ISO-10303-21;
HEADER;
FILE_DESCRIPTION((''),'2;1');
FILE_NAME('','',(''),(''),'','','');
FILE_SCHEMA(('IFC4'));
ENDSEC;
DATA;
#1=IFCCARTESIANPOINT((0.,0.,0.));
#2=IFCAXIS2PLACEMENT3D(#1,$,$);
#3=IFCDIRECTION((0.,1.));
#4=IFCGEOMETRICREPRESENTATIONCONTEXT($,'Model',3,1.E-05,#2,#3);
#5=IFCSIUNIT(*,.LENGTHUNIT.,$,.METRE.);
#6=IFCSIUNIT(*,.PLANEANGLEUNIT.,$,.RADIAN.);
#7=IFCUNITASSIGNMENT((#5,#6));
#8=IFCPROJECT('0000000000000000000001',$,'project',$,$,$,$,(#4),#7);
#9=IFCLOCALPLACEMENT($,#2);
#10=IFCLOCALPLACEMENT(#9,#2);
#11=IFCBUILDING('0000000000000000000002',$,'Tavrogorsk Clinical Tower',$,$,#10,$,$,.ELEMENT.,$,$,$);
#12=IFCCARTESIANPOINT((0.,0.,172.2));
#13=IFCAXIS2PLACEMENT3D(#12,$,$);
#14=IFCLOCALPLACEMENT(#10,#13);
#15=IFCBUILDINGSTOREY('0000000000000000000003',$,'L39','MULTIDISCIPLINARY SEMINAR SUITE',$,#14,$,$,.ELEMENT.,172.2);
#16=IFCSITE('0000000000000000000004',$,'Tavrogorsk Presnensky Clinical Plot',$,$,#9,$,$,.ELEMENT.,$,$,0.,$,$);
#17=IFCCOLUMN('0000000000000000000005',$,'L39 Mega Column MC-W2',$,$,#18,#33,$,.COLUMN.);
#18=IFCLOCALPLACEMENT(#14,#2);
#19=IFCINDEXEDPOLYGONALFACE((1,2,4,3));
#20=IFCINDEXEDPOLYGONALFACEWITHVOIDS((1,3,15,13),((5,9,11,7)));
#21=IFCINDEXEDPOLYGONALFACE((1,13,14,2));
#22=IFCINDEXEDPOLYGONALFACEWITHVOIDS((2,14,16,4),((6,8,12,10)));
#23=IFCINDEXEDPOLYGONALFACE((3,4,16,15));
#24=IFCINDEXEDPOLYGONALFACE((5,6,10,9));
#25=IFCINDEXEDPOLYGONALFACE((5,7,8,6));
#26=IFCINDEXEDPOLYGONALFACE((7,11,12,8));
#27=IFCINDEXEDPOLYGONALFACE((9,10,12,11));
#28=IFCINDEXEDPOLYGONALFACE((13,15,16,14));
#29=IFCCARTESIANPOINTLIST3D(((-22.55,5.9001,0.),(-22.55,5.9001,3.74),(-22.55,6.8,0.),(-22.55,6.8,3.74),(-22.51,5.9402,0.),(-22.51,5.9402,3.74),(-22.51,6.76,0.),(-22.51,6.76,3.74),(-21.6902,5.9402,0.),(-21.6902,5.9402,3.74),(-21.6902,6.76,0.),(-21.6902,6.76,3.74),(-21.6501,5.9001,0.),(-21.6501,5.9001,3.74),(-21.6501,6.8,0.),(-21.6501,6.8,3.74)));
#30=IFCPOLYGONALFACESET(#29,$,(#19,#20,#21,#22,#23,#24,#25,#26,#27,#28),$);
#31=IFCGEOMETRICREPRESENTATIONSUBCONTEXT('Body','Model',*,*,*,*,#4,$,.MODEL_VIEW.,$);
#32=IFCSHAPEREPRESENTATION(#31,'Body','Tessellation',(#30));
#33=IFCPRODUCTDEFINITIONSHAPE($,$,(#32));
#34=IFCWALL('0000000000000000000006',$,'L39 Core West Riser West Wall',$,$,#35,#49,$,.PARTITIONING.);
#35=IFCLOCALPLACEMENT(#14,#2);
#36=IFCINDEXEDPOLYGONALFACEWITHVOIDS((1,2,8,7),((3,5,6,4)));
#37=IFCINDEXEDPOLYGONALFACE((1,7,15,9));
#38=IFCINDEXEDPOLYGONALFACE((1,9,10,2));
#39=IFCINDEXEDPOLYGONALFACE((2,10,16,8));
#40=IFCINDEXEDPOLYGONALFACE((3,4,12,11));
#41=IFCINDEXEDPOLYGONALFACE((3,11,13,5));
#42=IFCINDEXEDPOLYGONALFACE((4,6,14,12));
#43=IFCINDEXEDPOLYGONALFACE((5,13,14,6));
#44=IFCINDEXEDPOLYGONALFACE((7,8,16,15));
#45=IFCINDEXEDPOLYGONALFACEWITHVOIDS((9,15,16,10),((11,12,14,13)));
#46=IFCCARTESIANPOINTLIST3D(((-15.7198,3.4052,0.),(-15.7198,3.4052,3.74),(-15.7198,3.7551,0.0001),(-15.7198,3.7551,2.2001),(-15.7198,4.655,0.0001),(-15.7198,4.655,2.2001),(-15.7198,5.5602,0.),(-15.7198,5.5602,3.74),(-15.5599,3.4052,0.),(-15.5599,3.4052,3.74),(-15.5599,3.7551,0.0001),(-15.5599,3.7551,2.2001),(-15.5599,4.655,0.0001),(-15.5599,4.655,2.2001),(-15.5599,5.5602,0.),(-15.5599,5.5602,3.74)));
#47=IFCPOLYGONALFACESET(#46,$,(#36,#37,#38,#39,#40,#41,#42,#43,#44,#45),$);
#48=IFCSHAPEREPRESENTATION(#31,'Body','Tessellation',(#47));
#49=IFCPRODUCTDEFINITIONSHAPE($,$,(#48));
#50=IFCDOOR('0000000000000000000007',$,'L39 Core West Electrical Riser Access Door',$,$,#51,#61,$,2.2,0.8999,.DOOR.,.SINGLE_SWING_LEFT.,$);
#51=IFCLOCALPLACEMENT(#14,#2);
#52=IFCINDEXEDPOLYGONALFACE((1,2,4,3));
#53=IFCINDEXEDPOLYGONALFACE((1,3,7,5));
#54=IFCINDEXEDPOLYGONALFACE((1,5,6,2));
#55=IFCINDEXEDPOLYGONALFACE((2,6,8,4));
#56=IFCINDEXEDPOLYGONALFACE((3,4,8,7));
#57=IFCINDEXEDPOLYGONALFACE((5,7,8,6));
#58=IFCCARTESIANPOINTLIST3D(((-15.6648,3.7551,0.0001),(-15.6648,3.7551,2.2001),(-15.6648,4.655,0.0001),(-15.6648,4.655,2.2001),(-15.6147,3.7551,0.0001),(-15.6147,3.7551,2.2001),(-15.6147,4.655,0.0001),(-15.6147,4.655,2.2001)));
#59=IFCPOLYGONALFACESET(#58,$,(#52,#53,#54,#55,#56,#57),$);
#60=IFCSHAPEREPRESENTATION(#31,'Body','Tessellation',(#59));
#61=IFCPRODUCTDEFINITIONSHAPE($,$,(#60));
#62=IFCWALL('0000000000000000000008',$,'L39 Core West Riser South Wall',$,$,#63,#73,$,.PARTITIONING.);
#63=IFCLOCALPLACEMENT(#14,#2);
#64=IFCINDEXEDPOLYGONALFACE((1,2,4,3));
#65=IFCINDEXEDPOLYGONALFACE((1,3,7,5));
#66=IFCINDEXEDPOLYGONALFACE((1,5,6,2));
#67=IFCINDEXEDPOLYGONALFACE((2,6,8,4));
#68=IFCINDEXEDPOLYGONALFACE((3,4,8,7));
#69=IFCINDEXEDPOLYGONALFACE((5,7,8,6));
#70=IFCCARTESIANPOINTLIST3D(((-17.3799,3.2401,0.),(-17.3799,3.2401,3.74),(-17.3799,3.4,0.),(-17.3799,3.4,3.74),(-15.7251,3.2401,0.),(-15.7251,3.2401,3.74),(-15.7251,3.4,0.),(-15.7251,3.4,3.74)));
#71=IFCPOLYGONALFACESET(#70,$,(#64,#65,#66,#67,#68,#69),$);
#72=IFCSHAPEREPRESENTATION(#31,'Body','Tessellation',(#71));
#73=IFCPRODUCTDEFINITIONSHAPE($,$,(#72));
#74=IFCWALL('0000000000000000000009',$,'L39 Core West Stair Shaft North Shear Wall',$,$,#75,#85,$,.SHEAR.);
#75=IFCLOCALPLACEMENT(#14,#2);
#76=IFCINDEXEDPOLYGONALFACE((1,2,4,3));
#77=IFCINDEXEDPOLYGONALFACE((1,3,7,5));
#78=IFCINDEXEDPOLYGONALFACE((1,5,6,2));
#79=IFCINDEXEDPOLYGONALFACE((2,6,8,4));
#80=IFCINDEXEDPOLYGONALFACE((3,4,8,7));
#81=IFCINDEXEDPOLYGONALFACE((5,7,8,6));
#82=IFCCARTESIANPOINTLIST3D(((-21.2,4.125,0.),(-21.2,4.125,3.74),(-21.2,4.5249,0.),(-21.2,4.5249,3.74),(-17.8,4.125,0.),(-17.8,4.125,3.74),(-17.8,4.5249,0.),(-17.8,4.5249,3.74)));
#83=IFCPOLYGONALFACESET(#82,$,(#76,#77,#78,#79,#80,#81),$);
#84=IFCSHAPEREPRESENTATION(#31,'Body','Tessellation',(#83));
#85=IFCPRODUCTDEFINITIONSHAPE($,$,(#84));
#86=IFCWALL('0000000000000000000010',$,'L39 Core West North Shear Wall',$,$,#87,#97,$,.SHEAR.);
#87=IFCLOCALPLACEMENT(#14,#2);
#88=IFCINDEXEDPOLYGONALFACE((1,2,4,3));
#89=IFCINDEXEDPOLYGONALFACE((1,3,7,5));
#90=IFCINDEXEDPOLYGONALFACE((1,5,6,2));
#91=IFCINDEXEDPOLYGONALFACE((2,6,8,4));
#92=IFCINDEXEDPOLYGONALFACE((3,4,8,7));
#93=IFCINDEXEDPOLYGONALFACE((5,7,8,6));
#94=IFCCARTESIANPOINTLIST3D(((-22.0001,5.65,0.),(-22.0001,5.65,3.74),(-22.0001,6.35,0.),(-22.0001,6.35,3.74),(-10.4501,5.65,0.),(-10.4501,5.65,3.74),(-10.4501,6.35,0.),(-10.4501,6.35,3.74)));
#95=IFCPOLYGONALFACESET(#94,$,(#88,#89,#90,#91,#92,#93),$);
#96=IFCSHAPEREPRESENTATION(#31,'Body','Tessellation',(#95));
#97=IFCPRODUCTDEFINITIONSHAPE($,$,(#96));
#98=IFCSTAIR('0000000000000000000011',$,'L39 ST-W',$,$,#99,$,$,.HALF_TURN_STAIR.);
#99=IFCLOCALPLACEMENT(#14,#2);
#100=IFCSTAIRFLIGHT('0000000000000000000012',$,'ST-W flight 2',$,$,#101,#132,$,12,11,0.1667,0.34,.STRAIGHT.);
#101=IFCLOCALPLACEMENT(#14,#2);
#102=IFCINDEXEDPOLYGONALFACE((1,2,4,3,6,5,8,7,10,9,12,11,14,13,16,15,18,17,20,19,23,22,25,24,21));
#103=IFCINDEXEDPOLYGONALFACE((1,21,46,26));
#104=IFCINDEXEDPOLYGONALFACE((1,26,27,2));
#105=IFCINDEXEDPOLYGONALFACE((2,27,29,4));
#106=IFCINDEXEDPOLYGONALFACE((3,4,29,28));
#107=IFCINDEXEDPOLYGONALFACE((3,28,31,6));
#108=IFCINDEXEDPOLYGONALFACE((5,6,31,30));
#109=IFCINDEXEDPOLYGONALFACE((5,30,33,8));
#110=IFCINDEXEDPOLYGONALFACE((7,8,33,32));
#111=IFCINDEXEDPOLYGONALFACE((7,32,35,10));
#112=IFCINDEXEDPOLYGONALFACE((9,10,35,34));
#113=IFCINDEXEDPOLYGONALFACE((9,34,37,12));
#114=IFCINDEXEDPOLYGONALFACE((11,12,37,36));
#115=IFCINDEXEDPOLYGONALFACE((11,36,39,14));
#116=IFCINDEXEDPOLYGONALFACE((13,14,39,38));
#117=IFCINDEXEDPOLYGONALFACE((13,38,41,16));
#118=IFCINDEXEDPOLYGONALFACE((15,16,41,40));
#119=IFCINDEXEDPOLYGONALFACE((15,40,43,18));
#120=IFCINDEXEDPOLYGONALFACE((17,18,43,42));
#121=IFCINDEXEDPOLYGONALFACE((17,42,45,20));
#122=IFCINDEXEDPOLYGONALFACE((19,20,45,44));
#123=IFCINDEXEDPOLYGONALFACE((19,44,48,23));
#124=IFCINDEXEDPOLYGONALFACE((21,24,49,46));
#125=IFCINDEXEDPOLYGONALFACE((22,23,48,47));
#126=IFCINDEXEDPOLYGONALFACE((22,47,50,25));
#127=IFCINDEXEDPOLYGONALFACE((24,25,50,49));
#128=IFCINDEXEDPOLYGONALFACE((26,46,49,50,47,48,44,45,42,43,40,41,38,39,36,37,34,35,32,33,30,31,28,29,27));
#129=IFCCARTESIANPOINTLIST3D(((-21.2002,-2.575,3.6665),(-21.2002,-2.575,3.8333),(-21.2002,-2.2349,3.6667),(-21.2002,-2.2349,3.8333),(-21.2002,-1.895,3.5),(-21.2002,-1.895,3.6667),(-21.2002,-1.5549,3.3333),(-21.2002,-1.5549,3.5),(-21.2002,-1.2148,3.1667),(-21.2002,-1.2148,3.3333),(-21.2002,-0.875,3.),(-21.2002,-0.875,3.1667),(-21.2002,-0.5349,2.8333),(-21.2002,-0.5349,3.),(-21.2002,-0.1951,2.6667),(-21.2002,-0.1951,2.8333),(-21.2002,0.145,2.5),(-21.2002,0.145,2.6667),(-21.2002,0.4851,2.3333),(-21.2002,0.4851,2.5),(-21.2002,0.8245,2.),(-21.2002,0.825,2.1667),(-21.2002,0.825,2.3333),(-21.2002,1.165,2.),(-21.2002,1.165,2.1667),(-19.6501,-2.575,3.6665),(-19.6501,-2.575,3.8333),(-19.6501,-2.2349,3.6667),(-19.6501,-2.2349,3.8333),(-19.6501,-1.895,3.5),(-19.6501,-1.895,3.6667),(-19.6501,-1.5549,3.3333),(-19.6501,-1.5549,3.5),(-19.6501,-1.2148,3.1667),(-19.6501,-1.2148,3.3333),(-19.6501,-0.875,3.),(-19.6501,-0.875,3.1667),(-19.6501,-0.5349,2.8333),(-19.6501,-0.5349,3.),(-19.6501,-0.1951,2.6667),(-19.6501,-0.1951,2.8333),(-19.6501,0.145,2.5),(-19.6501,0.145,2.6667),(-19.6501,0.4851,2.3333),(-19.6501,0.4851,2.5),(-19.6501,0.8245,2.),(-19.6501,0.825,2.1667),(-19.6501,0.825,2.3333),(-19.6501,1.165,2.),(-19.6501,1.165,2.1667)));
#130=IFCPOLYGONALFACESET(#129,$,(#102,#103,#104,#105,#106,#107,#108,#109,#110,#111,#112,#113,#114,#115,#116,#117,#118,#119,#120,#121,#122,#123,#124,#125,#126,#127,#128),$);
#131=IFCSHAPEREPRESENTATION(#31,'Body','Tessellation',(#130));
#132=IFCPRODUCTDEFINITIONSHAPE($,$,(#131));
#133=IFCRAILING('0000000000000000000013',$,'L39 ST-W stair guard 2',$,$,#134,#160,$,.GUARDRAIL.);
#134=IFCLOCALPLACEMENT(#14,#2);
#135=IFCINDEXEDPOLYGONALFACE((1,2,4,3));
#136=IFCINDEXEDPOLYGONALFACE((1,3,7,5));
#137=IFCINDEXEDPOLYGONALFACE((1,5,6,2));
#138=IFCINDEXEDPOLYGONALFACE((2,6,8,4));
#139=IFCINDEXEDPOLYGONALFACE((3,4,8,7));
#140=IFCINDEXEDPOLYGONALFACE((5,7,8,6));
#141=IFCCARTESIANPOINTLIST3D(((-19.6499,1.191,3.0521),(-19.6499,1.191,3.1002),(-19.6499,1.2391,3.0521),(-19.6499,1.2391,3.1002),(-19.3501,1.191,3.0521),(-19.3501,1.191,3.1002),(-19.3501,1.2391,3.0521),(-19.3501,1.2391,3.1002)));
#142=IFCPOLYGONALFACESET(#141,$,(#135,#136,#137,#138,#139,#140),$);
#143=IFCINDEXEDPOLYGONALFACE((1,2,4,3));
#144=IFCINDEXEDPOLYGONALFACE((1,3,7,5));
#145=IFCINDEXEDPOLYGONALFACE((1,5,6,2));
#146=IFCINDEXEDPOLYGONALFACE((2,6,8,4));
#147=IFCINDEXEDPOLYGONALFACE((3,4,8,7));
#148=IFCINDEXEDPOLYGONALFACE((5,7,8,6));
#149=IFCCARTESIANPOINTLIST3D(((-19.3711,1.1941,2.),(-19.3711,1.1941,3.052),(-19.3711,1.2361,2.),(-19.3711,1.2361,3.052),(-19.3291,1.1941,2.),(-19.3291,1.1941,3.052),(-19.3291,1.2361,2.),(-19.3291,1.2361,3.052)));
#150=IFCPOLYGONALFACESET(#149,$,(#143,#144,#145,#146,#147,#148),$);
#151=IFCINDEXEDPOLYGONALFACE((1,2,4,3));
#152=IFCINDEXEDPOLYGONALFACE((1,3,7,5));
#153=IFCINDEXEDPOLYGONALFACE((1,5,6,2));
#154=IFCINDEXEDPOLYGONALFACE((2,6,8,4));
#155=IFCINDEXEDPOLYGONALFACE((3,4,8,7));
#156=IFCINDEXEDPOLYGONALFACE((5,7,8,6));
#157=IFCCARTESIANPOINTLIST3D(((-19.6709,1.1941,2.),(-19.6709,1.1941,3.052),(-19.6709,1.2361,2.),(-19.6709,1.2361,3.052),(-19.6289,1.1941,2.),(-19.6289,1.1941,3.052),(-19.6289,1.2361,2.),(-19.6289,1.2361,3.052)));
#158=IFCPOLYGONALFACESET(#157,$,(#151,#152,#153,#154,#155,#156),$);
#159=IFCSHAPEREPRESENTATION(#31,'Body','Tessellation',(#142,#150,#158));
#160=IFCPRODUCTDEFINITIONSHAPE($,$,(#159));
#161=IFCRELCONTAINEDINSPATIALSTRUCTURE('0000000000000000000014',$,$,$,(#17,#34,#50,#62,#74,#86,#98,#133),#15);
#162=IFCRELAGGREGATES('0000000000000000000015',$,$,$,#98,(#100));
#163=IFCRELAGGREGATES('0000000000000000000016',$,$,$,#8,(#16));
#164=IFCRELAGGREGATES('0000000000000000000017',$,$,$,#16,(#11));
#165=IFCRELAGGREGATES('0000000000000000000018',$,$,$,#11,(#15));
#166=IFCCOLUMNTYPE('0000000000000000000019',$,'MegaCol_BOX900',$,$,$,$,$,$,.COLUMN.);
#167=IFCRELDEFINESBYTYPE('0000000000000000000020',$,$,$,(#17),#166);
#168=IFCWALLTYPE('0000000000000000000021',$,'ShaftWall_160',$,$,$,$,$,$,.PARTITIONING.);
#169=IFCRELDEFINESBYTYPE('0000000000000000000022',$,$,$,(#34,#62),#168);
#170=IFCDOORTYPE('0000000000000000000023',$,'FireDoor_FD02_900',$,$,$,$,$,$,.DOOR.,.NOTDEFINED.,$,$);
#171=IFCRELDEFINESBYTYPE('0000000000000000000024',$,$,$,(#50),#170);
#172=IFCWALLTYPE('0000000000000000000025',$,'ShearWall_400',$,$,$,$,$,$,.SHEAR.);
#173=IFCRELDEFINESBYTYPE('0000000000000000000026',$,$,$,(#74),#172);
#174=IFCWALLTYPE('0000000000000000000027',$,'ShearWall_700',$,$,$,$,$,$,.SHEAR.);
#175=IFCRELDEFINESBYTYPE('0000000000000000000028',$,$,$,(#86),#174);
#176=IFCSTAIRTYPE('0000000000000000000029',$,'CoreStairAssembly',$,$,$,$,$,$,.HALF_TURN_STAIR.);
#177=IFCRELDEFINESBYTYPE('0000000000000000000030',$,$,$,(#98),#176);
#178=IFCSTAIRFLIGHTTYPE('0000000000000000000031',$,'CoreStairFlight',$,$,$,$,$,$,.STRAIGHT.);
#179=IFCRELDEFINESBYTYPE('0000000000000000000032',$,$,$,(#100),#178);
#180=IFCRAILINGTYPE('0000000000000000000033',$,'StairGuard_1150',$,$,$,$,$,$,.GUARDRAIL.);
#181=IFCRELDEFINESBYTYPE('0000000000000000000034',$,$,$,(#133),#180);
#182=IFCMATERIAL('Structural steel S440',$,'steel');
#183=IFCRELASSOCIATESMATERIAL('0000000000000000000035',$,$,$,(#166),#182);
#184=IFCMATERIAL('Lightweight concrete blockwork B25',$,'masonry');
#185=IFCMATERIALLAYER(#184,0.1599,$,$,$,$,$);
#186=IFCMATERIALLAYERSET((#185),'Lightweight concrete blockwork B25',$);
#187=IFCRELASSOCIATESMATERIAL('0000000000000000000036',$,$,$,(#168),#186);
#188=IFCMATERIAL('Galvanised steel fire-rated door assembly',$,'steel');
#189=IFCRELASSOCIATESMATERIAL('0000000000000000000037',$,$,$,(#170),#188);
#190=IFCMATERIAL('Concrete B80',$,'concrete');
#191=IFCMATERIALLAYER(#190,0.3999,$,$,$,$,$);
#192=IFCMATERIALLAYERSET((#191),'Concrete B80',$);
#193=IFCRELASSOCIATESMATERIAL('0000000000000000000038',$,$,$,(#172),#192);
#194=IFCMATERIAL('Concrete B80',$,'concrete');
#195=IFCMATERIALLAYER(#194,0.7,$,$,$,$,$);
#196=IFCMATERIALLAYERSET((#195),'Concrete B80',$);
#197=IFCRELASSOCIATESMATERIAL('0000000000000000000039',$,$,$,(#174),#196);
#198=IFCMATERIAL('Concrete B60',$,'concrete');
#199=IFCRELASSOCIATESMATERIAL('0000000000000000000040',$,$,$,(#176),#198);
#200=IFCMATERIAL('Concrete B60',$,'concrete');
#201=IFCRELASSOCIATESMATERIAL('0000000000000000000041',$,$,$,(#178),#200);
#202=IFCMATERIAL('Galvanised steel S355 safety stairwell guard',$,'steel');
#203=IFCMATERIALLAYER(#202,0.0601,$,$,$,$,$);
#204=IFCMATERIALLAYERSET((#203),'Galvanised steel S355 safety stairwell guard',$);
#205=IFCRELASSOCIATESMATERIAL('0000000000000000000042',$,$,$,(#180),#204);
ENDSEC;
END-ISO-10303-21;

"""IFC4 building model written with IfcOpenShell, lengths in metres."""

from ifc_helpers import new_model, si_unit, direction, frame, frame_2d, origin, origin_2d, place, context, subcontext, project, spatial, polyline, rectangle, hollow_rectangle, outline, extrude, material, layer, layer_set, material_profile, profile_set, type_object, element, fill, aggregate, save


model = new_model("IFC4")

# Units and contexts
model_context = context("Model", 3, precision=1e-05, world=origin(), true_north=direction((0.0, 1.0)))
body_context = subcontext(model_context, "Body", "Model", "MODEL_VIEW")
ifc_project = project(units=[si_unit("LENGTHUNIT", "METRE"), si_unit("PLANEANGLEUNIT", "RADIAN")], contexts=[model_context])

# Site, building, storey
site_placement = place(None, origin())
site = spatial("IfcSite", under=ifc_project, at=site_placement, Name="Tavrogorsk Presnensky Clinical Plot", CompositionType="ELEMENT", RefElevation=0.0)
building_placement = place(site_placement, origin())
building = spatial("IfcBuilding", under=site, at=building_placement, Name="Tavrogorsk Clinical Tower", CompositionType="ELEMENT")
storey_placement = place(building_placement, frame((0.0, 0.0, 172.2)))
storey = spatial("IfcBuildingStorey", under=building, at=storey_placement, Name="L39", Description="MULTIDISCIPLINARY SEMINAR SUITE", CompositionType="ELEMENT", Elevation=172.2)

# Column
ifc_material_1 = material(Name="Structural steel S440", Category="steel")
ifc_material_profile = material_profile(ifc_material_1, hollow_rectangle(XDim=0.8999, YDim=0.8999, WallThickness=0.04, at=origin_2d()), Name="BOX-900x900x40")
ifc_profile_set = profile_set([ifc_material_profile], Name="Structural steel S440")
column_type = type_object("IfcColumnType", Name="MegaCol_BOX900", PredefinedType="COLUMN", material=ifc_profile_set)
column_placement = place(storey_placement, frame((-22.1001, 6.3501, 0.0), z_axis=(0.0, 0.0, 1.0), x_axis=(1.0, 0.0, 0.0)))
element("IfcColumn", 1, at=column_placement, inside=storey, type_object=column_type, Name="L39 Mega Column MC-W2", PredefinedType="COLUMN", context=body_context, shape_type="SweptSolid", body=[
    extrude(hollow_rectangle(XDim=0.8999, YDim=0.8999, WallThickness=0.04, at=origin_2d()), origin(), (0.0, 0.0, 1.0), 3.74),
])

# Wall, opening, door
ifc_material_2 = material(Name="Lightweight concrete blockwork B25", Category="masonry")
ifc_layer_1 = layer(ifc_material_2, 0.1599)
ifc_layer_set_1 = layer_set([ifc_layer_1], Name="Lightweight concrete blockwork B25")
wall_type_1 = type_object("IfcWallType", Name="ShaftWall_160", PredefinedType="PARTITIONING", material=ifc_layer_set_1)
wall_1_placement = place(storey_placement, frame((-15.6399, 3.405, 0.0), z_axis=(0.0, 0.0, 1.0), x_axis=(0.0, 1.0, 0.0)))
wall_1 = element("IfcWall", 2, at=wall_1_placement, inside=storey, type_object=wall_type_1, Name="L39 Core West Riser West Wall", PredefinedType="PARTITIONING", context=body_context, shape_type="SweptSolid", body=[
    extrude(rectangle(XDim=2.155, YDim=0.1599, at=frame_2d((1.0776, 0.0))), origin(), (0.0, 0.0, 1.0), 3.74),
])
opening_placement = place(wall_1_placement, frame((0.3501, 0.0, 0.0)))
opening = element("IfcOpeningElement", 3, at=opening_placement, cuts=wall_1, PredefinedType="OPENING", context=body_context, shape_type="SweptSolid", body=[
    extrude(rectangle(XDim=0.8999, YDim=2.2, at=frame_2d((0.45, 1.1001))), frame((0.0, 0.0898, 0.0), z_axis=(0.0, -1.0, 0.0), x_axis=(1.0, 0.0, 0.0)), (0.0, 0.0, 1.0), 0.1799),
])
ifc_material_3 = material(Name="Galvanised steel fire-rated door assembly", Category="steel")
door_type = type_object("IfcDoorType", Name="FireDoor_FD02_900", OperationType="NOTDEFINED", PredefinedType="DOOR", material=ifc_material_3)
door_placement = place(opening_placement, origin())
door = element("IfcDoor", 4, at=door_placement, inside=storey, type_object=door_type, Name="L39 Core West Electrical Riser Access Door", OperationType="SINGLE_SWING_LEFT", OverallHeight=2.2, OverallWidth=0.8999, PredefinedType="DOOR", context=body_context, shape_type="SweptSolid", body=[
    extrude(rectangle(XDim=0.8999, YDim=2.2, at=frame_2d((0.45, 1.1001))), frame((0.0, 0.0249, 0.0), z_axis=(0.0, -1.0, 0.0), x_axis=(1.0, 0.0, 0.0)), (0.0, 0.0, 1.0), 0.05),
])
fill(opening, door)

# Walls
wall_2_placement = place(storey_placement, frame((-17.3799, 3.3201, 0.0), z_axis=(0.0, 0.0, 1.0), x_axis=(1.0, 0.0, 0.0)))
element("IfcWall", 5, at=wall_2_placement, inside=storey, type_object=wall_type_1, Name="L39 Core West Riser South Wall", PredefinedType="PARTITIONING", context=body_context, shape_type="SweptSolid", body=[
    extrude(rectangle(XDim=1.6548, YDim=0.1599, at=frame_2d((0.8274, 0.0))), origin(), (0.0, 0.0, 1.0), 3.74),
])
ifc_material_4 = material(Name="Concrete B80", Category="concrete")
ifc_layer_2 = layer(ifc_material_4, 0.3999)
ifc_layer_set_2 = layer_set([ifc_layer_2], Name="Concrete B80")
wall_type_2 = type_object("IfcWallType", Name="ShearWall_400", PredefinedType="SHEAR", material=ifc_layer_set_2)
wall_3_placement = place(storey_placement, frame((-21.2, 4.325, 0.0), z_axis=(0.0, 0.0, 1.0), x_axis=(1.0, 0.0, 0.0)))
element("IfcWall", 6, at=wall_3_placement, inside=storey, type_object=wall_type_2, Name="L39 Core West Stair Shaft North Shear Wall", PredefinedType="SHEAR", context=body_context, shape_type="SweptSolid", body=[
    extrude(rectangle(XDim=3.3999, YDim=0.3999, at=frame_2d((1.7, 0.0))), origin(), (0.0, 0.0, 1.0), 3.74),
])
ifc_material_5 = material(Name="Concrete B80", Category="concrete")
ifc_layer_3 = layer(ifc_material_5, 0.7)
ifc_layer_set_3 = layer_set([ifc_layer_3], Name="Concrete B80")
wall_type_3 = type_object("IfcWallType", Name="ShearWall_700", PredefinedType="SHEAR", material=ifc_layer_set_3)
wall_4_placement = place(storey_placement, frame((-22.0, 6.0, 0.0), z_axis=(0.0, 0.0, 1.0), x_axis=(1.0, 0.0, 0.0)))
element("IfcWall", 7, at=wall_4_placement, inside=storey, type_object=wall_type_3, Name="L39 Core West North Shear Wall", PredefinedType="SHEAR", context=body_context, shape_type="SweptSolid", body=[
    extrude(rectangle(XDim=11.55, YDim=0.7, at=frame_2d((5.7749, 0.0))), origin(), (0.0, 0.0, 1.0), 3.74),
])

# Stair, stair flight
ifc_material_6 = material(Name="Concrete B60", Category="concrete")
stair_type = type_object("IfcStairType", Name="CoreStairAssembly", PredefinedType="HALF_TURN_STAIR", material=ifc_material_6)
stair_placement = place(storey_placement, origin())
stair = element("IfcStair", 8, at=stair_placement, inside=storey, type_object=stair_type, Name="L39 ST-W", PredefinedType="HALF_TURN_STAIR")
ifc_material_7 = material(Name="Concrete B60", Category="concrete")
stair_flight_type = type_object("IfcStairFlightType", Name="CoreStairFlight", PredefinedType="STRAIGHT", material=ifc_material_7)
stair_flight_placement = place(storey_placement, frame((-20.425, 1.165, 2.0), z_axis=(0.0, 0.0, 1.0), x_axis=(0.0, -1.0, 0.0)))
stair_flight = element("IfcStairFlight", 9, at=stair_flight_placement, type_object=stair_flight_type, Name="ST-W flight 2", NumberOfRisers=12, NumberOfTreads=11, PredefinedType="STRAIGHT", RiserHeight=0.1667, TreadLength=0.34, context=body_context, shape_type="SweptSolid", body=[
    extrude(outline(polyline([(0.0, 0.0), (0.0, 0.1667), (0.3401, 0.1667), (0.3401, 0.3333), (0.6799, 0.3333), (0.6799, 0.5), (1.02, 0.5), (1.02, 0.6667), (1.3601, 0.6667), (1.3601, 0.8333), (1.7, 0.8333), (1.7, 1.0), (2.04, 1.0), (2.04, 1.1667), (2.3799, 1.1667), (2.3799, 1.3333), (2.72, 1.3333), (2.72, 1.5), (3.0601, 1.5), (3.0601, 1.6667), (3.3999, 1.6667), (3.3999, 1.8333), (3.74, 1.8333), (3.74, 2.0), (3.74, 1.6665), (0.3406, 0.0), (0.0, 0.0)])), frame((0.0, 0.7749, 0.0), z_axis=(0.0, -1.0, 0.0), x_axis=(1.0, 0.0, 0.0)), (0.0, 0.0, 1.0), 1.55),
])
aggregate(stair, [stair_flight])

# Railing
ifc_material_8 = material(Name="Galvanised steel S355 safety stairwell guard", Category="steel")
ifc_layer_4 = layer(ifc_material_8, 0.0601)
ifc_layer_set_4 = layer_set([ifc_layer_4], Name="Galvanised steel S355 safety stairwell guard")
railing_type_1 = type_object("IfcRailingType", Name="StairGuard_1150", PredefinedType="GUARDRAIL", material=ifc_layer_set_4)
railing_1_placement = place(storey_placement, frame((-19.3501, 1.2151, 2.0)))
element("IfcRailing", 10, at=railing_1_placement, inside=storey, type_object=railing_type_1, Name="L39 ST-W stair guard 2", PredefinedType="GUARDRAIL", context=body_context, shape_type="SweptSolid", body=[
    extrude(rectangle(XDim=0.0481, YDim=0.0481, at=origin_2d()), frame((0.0, 0.0, 1.0762), z_axis=(-1.0, 0.0, 0.0), x_axis=(0.0, -1.0, 0.0)), (0.0, 0.0, 1.0), 0.2998),
    extrude(rectangle(XDim=0.042, YDim=0.042, at=origin_2d()), origin(), (0.0, 0.0, 1.0), 1.052),
    extrude(rectangle(XDim=0.042, YDim=0.042, at=origin_2d()), frame((-0.2998, 0.0, 0.0)), (0.0, 0.0, 1.0), 1.052),
])

save(model, "model.ifc")
